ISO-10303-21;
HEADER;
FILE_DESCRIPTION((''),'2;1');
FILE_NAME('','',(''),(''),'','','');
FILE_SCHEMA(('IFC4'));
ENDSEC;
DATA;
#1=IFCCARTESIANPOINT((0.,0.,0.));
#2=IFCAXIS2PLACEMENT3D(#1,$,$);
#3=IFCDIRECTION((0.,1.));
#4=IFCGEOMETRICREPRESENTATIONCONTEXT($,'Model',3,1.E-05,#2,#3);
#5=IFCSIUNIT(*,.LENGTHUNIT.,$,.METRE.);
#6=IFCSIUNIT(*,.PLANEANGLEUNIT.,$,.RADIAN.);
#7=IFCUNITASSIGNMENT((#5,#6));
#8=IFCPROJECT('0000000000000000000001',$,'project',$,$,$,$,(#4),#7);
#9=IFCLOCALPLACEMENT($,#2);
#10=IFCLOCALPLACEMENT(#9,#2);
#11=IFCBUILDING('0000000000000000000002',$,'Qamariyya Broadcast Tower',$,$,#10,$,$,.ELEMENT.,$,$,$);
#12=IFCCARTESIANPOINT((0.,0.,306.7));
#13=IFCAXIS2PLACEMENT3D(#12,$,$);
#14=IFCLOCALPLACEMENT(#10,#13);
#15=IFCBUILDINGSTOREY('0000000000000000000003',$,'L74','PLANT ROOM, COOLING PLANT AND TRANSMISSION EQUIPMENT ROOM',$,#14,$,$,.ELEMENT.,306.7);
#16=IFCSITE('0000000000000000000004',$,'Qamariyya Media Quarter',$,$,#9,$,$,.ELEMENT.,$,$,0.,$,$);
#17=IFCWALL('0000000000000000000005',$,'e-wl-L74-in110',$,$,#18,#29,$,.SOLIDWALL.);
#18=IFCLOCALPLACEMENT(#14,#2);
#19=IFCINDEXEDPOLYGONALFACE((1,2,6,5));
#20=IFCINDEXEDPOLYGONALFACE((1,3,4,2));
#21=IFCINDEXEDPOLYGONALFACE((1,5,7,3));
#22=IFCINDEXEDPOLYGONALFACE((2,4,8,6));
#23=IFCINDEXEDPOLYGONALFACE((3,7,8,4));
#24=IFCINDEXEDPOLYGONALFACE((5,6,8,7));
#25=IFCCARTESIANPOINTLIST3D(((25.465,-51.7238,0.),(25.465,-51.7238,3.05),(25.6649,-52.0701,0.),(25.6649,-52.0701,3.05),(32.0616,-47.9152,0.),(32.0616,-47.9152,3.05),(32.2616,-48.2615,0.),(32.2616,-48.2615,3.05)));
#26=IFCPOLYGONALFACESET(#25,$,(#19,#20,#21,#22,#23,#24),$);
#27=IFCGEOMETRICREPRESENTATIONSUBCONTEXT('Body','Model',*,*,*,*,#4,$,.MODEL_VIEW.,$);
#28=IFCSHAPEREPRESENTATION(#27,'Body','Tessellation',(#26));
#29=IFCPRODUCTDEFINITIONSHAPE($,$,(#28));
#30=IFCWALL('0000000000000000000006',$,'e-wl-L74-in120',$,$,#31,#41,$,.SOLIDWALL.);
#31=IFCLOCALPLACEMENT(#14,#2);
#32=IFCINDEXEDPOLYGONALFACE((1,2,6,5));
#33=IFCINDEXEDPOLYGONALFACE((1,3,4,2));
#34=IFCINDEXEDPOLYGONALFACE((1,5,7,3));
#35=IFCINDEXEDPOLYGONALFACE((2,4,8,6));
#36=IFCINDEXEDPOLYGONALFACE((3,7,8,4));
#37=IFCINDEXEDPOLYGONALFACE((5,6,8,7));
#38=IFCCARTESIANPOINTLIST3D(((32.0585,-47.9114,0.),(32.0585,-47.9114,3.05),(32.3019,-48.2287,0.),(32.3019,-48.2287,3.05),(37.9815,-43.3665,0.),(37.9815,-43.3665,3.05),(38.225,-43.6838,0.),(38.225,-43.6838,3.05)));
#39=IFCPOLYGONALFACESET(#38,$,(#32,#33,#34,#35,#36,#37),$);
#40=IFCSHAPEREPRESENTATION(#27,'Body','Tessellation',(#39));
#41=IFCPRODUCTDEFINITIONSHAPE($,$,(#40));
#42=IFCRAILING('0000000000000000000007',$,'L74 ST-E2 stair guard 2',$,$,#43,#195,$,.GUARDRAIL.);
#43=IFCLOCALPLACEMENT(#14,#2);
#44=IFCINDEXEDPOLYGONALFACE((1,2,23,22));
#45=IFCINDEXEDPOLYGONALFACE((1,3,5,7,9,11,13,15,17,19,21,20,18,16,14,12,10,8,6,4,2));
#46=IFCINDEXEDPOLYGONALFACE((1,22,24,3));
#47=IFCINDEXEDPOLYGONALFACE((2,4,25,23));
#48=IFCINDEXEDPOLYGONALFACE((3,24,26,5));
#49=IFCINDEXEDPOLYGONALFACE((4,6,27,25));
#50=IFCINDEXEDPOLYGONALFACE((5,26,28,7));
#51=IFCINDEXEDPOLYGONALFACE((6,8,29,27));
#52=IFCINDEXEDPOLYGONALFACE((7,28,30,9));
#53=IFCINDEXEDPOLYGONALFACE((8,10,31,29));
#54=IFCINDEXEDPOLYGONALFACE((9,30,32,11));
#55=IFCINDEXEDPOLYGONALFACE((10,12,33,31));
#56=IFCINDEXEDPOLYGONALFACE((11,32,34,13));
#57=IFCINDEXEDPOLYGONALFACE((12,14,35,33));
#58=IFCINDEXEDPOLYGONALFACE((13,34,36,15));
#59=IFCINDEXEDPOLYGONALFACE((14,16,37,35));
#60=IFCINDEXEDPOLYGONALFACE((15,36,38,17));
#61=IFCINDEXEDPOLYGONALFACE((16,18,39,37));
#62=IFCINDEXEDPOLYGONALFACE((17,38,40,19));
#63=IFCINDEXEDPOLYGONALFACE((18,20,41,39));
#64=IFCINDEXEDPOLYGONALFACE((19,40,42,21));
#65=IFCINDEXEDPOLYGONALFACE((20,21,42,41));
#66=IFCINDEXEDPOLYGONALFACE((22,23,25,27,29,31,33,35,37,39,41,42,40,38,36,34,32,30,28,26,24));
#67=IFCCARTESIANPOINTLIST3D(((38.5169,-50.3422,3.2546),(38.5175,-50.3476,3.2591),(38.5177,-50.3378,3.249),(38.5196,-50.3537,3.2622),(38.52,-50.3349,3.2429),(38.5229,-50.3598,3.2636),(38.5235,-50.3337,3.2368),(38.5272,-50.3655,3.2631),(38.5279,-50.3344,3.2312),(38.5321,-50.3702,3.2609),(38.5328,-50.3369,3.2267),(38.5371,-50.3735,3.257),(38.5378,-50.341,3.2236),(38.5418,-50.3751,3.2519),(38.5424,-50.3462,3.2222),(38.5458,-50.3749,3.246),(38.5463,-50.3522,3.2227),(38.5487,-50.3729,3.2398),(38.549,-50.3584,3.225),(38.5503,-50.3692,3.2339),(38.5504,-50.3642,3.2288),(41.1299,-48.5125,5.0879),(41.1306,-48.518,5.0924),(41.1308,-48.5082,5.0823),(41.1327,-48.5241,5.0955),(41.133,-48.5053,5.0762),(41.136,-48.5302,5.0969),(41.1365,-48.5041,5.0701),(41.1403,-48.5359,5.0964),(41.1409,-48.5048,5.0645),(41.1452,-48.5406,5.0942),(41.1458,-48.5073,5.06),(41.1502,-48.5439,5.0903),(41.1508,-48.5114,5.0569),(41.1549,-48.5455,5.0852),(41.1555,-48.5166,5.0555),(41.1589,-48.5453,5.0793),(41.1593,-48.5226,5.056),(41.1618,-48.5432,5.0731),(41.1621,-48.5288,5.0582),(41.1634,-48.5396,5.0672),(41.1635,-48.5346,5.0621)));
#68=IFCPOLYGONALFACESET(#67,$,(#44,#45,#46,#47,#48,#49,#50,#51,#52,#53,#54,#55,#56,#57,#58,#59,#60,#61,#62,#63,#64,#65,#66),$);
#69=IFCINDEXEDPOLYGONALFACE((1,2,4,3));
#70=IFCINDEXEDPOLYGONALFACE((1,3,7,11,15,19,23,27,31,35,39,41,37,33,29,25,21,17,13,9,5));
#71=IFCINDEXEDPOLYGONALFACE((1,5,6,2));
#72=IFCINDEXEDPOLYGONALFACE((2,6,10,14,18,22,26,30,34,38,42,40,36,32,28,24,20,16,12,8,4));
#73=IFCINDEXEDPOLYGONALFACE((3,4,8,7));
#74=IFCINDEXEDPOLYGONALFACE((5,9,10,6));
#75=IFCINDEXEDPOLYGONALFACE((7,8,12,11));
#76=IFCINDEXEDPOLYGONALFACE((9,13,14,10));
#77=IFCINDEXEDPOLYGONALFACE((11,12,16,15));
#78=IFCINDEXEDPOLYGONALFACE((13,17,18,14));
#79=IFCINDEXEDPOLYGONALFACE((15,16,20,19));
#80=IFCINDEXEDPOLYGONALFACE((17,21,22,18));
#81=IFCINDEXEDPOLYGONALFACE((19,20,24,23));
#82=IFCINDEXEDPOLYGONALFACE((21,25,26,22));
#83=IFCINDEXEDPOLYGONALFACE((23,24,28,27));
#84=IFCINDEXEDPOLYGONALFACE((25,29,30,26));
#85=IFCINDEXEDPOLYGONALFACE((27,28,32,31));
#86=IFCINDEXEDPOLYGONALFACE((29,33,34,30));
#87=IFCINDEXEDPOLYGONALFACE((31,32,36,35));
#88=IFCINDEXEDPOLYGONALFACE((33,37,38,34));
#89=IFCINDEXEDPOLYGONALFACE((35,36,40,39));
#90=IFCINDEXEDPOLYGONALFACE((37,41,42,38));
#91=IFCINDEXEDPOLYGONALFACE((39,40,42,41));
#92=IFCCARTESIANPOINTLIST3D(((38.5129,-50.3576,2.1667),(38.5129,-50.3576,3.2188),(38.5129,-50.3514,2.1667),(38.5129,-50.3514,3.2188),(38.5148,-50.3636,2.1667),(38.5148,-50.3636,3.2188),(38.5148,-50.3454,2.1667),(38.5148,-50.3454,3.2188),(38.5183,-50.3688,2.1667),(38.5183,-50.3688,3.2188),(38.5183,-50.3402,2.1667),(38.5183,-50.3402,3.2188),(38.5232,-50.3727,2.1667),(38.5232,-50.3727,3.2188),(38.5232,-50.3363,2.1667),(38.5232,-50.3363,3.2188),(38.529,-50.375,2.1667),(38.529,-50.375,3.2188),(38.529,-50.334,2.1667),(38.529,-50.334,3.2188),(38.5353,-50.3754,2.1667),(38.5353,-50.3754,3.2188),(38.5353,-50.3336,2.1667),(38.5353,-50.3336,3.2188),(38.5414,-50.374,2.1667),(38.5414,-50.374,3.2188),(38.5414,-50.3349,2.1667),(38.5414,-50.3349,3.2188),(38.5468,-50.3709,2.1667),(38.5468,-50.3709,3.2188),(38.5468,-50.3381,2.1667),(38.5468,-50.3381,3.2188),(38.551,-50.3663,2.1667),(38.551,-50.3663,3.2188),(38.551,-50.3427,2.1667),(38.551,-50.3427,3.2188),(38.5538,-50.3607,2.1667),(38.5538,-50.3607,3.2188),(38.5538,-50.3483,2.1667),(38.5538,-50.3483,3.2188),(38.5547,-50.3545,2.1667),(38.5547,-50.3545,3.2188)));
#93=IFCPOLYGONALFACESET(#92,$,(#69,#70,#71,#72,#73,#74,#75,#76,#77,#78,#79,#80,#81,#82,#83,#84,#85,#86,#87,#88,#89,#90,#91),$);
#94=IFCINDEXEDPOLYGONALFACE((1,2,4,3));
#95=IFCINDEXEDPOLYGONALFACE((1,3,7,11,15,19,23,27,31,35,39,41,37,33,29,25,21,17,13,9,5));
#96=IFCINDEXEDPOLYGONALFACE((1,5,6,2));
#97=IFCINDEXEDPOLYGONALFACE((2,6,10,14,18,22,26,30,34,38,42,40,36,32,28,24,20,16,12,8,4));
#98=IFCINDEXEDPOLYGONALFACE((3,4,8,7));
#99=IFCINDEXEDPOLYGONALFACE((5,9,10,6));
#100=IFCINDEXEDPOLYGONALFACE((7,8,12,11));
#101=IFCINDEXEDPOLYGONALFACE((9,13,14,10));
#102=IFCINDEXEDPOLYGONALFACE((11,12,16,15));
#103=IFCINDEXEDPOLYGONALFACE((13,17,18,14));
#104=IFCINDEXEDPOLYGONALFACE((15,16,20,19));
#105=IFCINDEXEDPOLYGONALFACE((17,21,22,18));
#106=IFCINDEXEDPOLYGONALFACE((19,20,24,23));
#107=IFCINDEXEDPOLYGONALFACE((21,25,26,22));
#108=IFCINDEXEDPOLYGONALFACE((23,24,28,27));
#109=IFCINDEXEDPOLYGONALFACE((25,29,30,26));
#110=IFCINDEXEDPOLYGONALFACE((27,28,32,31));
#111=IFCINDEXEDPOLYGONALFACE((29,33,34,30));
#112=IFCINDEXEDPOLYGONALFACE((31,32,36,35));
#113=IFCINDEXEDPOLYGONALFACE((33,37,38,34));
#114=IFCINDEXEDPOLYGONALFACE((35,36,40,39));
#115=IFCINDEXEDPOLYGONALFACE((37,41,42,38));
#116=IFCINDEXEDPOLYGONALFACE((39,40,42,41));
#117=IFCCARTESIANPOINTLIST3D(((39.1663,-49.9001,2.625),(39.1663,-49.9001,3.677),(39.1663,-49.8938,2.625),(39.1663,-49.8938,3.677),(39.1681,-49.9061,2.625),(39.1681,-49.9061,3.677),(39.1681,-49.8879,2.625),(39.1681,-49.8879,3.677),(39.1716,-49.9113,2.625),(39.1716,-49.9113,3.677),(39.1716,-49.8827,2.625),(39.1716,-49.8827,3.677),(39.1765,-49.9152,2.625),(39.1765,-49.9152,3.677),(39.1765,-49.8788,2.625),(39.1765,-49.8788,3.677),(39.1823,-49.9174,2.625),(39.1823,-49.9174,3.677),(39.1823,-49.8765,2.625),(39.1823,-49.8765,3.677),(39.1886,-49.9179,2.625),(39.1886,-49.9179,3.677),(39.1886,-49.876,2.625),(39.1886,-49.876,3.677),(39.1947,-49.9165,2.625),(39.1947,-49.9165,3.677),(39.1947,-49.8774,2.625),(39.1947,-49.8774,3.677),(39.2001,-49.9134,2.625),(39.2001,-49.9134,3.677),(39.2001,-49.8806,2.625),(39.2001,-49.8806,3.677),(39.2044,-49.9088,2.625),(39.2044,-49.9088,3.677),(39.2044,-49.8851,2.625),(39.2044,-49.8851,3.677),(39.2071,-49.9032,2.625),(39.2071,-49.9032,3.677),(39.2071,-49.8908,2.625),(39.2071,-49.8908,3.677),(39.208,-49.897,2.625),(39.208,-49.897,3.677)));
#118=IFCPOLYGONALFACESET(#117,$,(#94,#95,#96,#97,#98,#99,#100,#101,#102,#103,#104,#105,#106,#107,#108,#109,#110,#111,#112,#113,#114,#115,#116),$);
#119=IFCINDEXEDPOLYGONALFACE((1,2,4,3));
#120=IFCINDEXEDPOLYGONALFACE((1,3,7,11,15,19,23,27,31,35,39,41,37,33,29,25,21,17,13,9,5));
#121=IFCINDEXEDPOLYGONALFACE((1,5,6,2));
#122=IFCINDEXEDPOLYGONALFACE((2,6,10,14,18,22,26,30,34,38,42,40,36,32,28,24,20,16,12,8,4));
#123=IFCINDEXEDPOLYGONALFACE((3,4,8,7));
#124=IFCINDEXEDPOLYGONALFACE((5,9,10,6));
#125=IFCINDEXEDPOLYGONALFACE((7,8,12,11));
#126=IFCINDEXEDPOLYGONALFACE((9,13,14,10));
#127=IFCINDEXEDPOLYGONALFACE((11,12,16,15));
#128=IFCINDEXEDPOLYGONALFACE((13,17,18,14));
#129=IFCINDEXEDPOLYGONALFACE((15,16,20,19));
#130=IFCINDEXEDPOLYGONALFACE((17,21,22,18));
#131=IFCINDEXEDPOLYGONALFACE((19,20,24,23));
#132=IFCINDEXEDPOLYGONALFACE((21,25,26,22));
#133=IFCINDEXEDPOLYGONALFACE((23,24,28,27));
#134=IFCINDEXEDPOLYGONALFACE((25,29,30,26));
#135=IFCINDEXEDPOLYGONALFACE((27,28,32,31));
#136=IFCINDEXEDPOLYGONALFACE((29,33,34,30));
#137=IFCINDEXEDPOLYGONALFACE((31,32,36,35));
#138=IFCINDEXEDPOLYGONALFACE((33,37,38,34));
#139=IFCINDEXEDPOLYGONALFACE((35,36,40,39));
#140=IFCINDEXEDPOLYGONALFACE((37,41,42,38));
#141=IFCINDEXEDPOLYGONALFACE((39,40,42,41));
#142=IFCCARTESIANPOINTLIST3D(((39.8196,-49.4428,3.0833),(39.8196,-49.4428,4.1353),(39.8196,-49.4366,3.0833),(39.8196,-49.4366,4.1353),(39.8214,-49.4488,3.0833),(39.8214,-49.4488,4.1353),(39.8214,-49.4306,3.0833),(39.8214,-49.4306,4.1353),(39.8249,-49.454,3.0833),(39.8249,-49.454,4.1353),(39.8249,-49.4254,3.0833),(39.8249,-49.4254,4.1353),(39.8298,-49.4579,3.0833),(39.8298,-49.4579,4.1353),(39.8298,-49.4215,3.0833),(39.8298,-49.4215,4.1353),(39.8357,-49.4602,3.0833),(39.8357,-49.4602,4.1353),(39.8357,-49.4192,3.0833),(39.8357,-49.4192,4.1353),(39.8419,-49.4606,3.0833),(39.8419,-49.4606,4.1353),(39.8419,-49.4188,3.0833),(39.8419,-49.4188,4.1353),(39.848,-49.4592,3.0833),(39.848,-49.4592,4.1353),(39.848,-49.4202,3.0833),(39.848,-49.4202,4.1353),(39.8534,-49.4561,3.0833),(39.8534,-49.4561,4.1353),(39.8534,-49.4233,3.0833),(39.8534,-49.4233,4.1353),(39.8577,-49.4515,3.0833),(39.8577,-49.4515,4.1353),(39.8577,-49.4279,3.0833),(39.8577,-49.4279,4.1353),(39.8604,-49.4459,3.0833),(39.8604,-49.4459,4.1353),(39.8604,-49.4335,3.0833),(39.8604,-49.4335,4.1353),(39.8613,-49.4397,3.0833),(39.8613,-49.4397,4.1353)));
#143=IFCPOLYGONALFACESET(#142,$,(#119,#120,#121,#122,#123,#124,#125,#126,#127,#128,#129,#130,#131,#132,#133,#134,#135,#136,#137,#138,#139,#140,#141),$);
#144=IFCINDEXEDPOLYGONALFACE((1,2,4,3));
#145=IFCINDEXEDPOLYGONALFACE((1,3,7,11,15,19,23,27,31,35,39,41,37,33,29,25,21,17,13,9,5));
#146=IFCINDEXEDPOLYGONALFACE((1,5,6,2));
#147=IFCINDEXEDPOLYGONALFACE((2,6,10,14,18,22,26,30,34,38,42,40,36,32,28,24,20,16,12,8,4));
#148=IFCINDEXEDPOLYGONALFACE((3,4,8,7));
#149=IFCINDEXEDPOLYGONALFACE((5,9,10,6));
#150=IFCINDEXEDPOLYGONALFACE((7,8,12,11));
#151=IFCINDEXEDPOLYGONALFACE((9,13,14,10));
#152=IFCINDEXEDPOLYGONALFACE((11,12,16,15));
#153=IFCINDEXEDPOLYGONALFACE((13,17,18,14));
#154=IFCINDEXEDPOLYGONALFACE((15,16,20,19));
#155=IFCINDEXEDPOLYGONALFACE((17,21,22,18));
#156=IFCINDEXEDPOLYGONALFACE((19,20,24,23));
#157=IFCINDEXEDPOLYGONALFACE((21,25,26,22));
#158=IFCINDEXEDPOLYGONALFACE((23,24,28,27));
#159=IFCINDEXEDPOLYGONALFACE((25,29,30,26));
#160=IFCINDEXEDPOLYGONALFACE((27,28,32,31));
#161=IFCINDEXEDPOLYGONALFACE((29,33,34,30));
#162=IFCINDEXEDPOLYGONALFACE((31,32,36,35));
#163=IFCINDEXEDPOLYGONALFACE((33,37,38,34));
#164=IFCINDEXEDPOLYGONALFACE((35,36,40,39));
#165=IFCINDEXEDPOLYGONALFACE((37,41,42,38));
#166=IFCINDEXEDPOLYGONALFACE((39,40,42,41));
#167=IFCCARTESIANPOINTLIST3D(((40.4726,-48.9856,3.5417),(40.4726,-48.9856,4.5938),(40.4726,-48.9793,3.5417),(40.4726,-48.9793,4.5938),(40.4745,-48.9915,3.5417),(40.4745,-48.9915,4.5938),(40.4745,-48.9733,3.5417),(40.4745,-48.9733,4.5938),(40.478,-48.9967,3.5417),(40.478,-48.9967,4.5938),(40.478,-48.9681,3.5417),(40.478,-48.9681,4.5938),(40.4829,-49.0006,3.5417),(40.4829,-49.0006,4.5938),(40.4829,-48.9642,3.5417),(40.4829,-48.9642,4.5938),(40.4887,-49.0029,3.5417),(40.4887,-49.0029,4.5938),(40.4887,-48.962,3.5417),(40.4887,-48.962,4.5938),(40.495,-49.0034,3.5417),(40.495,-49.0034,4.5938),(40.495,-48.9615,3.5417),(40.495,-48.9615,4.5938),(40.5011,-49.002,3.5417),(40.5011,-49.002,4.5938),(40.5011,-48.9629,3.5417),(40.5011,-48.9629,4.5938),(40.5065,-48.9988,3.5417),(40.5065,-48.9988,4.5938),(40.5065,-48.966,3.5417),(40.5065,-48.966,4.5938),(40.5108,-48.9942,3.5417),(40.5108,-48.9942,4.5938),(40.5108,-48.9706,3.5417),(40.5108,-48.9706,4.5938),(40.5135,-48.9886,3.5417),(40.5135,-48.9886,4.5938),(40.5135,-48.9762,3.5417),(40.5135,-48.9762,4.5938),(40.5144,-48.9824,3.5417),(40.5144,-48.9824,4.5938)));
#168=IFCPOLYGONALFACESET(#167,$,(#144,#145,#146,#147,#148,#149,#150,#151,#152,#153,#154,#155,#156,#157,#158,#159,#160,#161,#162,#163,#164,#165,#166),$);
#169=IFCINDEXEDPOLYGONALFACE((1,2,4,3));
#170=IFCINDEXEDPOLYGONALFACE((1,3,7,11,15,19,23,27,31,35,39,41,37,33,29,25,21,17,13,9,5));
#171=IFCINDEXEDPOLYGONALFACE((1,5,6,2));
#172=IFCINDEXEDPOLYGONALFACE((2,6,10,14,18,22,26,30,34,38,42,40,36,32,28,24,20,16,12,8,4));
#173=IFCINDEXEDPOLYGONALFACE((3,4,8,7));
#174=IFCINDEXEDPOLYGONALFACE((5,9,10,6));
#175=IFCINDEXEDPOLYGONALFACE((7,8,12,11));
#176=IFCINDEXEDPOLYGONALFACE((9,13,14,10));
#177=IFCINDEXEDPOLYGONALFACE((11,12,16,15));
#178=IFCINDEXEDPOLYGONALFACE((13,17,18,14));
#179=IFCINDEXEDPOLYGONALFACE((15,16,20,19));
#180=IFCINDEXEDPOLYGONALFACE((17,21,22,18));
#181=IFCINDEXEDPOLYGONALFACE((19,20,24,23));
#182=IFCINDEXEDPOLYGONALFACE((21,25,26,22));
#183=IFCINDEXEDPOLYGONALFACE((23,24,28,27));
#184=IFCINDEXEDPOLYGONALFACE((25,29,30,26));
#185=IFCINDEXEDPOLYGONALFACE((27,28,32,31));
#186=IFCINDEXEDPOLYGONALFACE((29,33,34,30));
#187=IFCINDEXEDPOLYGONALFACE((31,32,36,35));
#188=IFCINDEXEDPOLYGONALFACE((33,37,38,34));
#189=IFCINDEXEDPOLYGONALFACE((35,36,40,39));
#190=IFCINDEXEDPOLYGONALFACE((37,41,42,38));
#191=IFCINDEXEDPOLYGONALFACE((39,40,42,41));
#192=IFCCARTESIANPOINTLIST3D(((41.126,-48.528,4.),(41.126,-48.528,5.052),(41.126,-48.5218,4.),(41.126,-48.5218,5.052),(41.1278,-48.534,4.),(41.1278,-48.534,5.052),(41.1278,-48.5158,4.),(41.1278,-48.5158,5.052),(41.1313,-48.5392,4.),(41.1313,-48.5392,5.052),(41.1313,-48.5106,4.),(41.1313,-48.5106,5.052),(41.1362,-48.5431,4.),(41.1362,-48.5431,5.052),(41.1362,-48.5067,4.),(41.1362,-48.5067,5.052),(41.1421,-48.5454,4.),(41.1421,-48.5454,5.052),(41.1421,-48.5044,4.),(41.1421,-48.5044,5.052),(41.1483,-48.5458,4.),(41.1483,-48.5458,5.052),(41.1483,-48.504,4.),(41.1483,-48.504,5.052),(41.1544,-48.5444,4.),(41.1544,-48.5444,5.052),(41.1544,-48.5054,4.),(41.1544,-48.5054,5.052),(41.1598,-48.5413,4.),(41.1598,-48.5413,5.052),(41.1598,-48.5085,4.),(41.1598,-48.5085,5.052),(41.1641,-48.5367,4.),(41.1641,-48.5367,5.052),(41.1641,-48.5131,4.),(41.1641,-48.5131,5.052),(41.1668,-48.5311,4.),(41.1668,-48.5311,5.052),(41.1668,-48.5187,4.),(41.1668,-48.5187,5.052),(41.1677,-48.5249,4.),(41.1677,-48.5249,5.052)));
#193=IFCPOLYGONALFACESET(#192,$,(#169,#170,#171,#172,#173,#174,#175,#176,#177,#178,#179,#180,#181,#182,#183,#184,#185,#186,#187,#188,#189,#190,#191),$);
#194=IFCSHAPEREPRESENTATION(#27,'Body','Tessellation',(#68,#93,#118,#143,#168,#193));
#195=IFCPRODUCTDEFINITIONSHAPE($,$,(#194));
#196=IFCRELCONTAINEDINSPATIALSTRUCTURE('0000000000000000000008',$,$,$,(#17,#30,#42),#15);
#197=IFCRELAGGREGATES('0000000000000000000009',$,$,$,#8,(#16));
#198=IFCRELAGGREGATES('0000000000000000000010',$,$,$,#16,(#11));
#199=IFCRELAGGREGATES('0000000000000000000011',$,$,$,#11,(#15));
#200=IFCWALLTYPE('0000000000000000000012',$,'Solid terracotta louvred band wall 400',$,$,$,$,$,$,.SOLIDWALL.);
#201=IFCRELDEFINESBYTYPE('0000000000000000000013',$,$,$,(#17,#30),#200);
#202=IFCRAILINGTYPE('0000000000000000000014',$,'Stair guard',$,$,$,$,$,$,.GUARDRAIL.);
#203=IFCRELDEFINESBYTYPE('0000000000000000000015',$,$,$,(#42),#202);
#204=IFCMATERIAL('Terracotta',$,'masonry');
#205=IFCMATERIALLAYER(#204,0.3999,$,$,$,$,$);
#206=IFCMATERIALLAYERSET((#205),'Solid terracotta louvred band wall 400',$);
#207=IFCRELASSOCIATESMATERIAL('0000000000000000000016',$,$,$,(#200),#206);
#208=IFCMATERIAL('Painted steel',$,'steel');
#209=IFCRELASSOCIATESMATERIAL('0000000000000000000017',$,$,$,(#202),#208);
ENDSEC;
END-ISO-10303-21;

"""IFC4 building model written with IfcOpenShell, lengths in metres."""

from ifc_helpers import new_model, si_unit, direction, frame, frame_2d, origin, origin_2d, place, context, subcontext, project, spatial, rectangle, circle, extrude, material, layer, layer_set, type_object, element, save


model = new_model("IFC4")

# Units and contexts
model_context = context("Model", 3, precision=1e-05, world=origin(), true_north=direction((0.0, 1.0)))
body_context = subcontext(model_context, "Body", "Model", "MODEL_VIEW")
ifc_project = project(units=[si_unit("LENGTHUNIT", "METRE"), si_unit("PLANEANGLEUNIT", "RADIAN")], contexts=[model_context])

# Site, building, storey
site_placement = place(None, origin())
site = spatial("IfcSite", under=ifc_project, at=site_placement, Name="Qamariyya Media Quarter", CompositionType="ELEMENT", RefElevation=0.0)
building_placement = place(site_placement, origin())
building = spatial("IfcBuilding", under=site, at=building_placement, Name="Qamariyya Broadcast Tower", CompositionType="ELEMENT")
storey_placement = place(building_placement, frame((0.0, 0.0, 306.7)))
storey = spatial("IfcBuildingStorey", under=building, at=storey_placement, Name="L74", Description="PLANT ROOM, COOLING PLANT AND TRANSMISSION EQUIPMENT ROOM", CompositionType="ELEMENT", Elevation=306.7)

# Walls
ifc_material_1 = material(Name="Terracotta", Category="masonry")
ifc_layer_1 = layer(ifc_material_1, 0.3999)
ifc_layer_set_1 = layer_set([ifc_layer_1], Name="Solid terracotta louvred band wall 400")
wall_type = type_object("IfcWallType", Name="Solid terracotta louvred band wall 400", PredefinedType="SOLIDWALL", material=ifc_layer_set_1)
wall_1_placement = place(storey_placement, frame((32.1616, -48.0884, 0.0), z_axis=(0.0, 0.0, 1.0), x_axis=(-0.866025, -0.5, 0.0)))
element("IfcWall", 1, at=wall_1_placement, inside=storey, type_object=wall_type, Name="e-wl-L74-in110", PredefinedType="SOLIDWALL", context=body_context, shape_type="SweptSolid", body=[
    extrude(rectangle(XDim=7.6172, YDim=0.3999, at=frame_2d((3.8086, 0.0))), origin(), (0.0, 0.0, 1.0), 3.05),
])
wall_2_placement = place(storey_placement, frame((38.1033, -43.5251, 0.0), z_axis=(0.0, 0.0, 1.0), x_axis=(-0.793355, -0.608759, 0.0)))
element("IfcWall", 2, at=wall_2_placement, inside=storey, type_object=wall_type, Name="e-wl-L74-in120", PredefinedType="SOLIDWALL", context=body_context, shape_type="SweptSolid", body=[
    extrude(rectangle(XDim=7.4658, YDim=0.3999, at=frame_2d((3.7329, 0.0))), origin(), (0.0, 0.0, 1.0), 3.05),
])

# Railing
ifc_material_2 = material(Name="Painted steel", Category="steel")
railing_type = type_object("IfcRailingType", Name="Stair guard", PredefinedType="GUARDRAIL", material=ifc_material_2)
railing_placement = place(storey_placement, frame((38.5337, -50.3545, 2.1667)))
element("IfcRailing", 3, at=railing_placement, inside=storey, type_object=railing_type, Name="L74 ST-E2 stair guard 2", PredefinedType="GUARDRAIL", context=body_context, shape_type="SweptSolid", body=[
    extrude(circle(Radius=0.0239, at=origin_2d()), frame((0.0, 0.0, 1.0762), z_axis=(0.710228, 0.497285, 0.498281), x_axis=(-0.57356, 0.819164, 0.0)), (0.0, 0.0, 1.0), 3.6792),
    extrude(circle(Radius=0.021, at=origin_2d()), origin(), (0.0, 0.0, 1.0), 1.052),
    extrude(circle(Radius=0.021, at=origin_2d()), frame((0.6533, 0.4575, 0.4583)), (0.0, 0.0, 1.0), 1.052),
    extrude(circle(Radius=0.021, at=origin_2d()), frame((1.3066, 0.9148, 0.9165)), (0.0, 0.0, 1.0), 1.052),
    extrude(circle(Radius=0.021, at=origin_2d()), frame((1.9597, 1.3721, 1.375)), (0.0, 0.0, 1.0), 1.052),
    extrude(circle(Radius=0.021, at=origin_2d()), frame((2.613, 1.8296, 1.8333)), (0.0, 0.0, 1.0), 1.052),
])

save(model, "model.ifc")
